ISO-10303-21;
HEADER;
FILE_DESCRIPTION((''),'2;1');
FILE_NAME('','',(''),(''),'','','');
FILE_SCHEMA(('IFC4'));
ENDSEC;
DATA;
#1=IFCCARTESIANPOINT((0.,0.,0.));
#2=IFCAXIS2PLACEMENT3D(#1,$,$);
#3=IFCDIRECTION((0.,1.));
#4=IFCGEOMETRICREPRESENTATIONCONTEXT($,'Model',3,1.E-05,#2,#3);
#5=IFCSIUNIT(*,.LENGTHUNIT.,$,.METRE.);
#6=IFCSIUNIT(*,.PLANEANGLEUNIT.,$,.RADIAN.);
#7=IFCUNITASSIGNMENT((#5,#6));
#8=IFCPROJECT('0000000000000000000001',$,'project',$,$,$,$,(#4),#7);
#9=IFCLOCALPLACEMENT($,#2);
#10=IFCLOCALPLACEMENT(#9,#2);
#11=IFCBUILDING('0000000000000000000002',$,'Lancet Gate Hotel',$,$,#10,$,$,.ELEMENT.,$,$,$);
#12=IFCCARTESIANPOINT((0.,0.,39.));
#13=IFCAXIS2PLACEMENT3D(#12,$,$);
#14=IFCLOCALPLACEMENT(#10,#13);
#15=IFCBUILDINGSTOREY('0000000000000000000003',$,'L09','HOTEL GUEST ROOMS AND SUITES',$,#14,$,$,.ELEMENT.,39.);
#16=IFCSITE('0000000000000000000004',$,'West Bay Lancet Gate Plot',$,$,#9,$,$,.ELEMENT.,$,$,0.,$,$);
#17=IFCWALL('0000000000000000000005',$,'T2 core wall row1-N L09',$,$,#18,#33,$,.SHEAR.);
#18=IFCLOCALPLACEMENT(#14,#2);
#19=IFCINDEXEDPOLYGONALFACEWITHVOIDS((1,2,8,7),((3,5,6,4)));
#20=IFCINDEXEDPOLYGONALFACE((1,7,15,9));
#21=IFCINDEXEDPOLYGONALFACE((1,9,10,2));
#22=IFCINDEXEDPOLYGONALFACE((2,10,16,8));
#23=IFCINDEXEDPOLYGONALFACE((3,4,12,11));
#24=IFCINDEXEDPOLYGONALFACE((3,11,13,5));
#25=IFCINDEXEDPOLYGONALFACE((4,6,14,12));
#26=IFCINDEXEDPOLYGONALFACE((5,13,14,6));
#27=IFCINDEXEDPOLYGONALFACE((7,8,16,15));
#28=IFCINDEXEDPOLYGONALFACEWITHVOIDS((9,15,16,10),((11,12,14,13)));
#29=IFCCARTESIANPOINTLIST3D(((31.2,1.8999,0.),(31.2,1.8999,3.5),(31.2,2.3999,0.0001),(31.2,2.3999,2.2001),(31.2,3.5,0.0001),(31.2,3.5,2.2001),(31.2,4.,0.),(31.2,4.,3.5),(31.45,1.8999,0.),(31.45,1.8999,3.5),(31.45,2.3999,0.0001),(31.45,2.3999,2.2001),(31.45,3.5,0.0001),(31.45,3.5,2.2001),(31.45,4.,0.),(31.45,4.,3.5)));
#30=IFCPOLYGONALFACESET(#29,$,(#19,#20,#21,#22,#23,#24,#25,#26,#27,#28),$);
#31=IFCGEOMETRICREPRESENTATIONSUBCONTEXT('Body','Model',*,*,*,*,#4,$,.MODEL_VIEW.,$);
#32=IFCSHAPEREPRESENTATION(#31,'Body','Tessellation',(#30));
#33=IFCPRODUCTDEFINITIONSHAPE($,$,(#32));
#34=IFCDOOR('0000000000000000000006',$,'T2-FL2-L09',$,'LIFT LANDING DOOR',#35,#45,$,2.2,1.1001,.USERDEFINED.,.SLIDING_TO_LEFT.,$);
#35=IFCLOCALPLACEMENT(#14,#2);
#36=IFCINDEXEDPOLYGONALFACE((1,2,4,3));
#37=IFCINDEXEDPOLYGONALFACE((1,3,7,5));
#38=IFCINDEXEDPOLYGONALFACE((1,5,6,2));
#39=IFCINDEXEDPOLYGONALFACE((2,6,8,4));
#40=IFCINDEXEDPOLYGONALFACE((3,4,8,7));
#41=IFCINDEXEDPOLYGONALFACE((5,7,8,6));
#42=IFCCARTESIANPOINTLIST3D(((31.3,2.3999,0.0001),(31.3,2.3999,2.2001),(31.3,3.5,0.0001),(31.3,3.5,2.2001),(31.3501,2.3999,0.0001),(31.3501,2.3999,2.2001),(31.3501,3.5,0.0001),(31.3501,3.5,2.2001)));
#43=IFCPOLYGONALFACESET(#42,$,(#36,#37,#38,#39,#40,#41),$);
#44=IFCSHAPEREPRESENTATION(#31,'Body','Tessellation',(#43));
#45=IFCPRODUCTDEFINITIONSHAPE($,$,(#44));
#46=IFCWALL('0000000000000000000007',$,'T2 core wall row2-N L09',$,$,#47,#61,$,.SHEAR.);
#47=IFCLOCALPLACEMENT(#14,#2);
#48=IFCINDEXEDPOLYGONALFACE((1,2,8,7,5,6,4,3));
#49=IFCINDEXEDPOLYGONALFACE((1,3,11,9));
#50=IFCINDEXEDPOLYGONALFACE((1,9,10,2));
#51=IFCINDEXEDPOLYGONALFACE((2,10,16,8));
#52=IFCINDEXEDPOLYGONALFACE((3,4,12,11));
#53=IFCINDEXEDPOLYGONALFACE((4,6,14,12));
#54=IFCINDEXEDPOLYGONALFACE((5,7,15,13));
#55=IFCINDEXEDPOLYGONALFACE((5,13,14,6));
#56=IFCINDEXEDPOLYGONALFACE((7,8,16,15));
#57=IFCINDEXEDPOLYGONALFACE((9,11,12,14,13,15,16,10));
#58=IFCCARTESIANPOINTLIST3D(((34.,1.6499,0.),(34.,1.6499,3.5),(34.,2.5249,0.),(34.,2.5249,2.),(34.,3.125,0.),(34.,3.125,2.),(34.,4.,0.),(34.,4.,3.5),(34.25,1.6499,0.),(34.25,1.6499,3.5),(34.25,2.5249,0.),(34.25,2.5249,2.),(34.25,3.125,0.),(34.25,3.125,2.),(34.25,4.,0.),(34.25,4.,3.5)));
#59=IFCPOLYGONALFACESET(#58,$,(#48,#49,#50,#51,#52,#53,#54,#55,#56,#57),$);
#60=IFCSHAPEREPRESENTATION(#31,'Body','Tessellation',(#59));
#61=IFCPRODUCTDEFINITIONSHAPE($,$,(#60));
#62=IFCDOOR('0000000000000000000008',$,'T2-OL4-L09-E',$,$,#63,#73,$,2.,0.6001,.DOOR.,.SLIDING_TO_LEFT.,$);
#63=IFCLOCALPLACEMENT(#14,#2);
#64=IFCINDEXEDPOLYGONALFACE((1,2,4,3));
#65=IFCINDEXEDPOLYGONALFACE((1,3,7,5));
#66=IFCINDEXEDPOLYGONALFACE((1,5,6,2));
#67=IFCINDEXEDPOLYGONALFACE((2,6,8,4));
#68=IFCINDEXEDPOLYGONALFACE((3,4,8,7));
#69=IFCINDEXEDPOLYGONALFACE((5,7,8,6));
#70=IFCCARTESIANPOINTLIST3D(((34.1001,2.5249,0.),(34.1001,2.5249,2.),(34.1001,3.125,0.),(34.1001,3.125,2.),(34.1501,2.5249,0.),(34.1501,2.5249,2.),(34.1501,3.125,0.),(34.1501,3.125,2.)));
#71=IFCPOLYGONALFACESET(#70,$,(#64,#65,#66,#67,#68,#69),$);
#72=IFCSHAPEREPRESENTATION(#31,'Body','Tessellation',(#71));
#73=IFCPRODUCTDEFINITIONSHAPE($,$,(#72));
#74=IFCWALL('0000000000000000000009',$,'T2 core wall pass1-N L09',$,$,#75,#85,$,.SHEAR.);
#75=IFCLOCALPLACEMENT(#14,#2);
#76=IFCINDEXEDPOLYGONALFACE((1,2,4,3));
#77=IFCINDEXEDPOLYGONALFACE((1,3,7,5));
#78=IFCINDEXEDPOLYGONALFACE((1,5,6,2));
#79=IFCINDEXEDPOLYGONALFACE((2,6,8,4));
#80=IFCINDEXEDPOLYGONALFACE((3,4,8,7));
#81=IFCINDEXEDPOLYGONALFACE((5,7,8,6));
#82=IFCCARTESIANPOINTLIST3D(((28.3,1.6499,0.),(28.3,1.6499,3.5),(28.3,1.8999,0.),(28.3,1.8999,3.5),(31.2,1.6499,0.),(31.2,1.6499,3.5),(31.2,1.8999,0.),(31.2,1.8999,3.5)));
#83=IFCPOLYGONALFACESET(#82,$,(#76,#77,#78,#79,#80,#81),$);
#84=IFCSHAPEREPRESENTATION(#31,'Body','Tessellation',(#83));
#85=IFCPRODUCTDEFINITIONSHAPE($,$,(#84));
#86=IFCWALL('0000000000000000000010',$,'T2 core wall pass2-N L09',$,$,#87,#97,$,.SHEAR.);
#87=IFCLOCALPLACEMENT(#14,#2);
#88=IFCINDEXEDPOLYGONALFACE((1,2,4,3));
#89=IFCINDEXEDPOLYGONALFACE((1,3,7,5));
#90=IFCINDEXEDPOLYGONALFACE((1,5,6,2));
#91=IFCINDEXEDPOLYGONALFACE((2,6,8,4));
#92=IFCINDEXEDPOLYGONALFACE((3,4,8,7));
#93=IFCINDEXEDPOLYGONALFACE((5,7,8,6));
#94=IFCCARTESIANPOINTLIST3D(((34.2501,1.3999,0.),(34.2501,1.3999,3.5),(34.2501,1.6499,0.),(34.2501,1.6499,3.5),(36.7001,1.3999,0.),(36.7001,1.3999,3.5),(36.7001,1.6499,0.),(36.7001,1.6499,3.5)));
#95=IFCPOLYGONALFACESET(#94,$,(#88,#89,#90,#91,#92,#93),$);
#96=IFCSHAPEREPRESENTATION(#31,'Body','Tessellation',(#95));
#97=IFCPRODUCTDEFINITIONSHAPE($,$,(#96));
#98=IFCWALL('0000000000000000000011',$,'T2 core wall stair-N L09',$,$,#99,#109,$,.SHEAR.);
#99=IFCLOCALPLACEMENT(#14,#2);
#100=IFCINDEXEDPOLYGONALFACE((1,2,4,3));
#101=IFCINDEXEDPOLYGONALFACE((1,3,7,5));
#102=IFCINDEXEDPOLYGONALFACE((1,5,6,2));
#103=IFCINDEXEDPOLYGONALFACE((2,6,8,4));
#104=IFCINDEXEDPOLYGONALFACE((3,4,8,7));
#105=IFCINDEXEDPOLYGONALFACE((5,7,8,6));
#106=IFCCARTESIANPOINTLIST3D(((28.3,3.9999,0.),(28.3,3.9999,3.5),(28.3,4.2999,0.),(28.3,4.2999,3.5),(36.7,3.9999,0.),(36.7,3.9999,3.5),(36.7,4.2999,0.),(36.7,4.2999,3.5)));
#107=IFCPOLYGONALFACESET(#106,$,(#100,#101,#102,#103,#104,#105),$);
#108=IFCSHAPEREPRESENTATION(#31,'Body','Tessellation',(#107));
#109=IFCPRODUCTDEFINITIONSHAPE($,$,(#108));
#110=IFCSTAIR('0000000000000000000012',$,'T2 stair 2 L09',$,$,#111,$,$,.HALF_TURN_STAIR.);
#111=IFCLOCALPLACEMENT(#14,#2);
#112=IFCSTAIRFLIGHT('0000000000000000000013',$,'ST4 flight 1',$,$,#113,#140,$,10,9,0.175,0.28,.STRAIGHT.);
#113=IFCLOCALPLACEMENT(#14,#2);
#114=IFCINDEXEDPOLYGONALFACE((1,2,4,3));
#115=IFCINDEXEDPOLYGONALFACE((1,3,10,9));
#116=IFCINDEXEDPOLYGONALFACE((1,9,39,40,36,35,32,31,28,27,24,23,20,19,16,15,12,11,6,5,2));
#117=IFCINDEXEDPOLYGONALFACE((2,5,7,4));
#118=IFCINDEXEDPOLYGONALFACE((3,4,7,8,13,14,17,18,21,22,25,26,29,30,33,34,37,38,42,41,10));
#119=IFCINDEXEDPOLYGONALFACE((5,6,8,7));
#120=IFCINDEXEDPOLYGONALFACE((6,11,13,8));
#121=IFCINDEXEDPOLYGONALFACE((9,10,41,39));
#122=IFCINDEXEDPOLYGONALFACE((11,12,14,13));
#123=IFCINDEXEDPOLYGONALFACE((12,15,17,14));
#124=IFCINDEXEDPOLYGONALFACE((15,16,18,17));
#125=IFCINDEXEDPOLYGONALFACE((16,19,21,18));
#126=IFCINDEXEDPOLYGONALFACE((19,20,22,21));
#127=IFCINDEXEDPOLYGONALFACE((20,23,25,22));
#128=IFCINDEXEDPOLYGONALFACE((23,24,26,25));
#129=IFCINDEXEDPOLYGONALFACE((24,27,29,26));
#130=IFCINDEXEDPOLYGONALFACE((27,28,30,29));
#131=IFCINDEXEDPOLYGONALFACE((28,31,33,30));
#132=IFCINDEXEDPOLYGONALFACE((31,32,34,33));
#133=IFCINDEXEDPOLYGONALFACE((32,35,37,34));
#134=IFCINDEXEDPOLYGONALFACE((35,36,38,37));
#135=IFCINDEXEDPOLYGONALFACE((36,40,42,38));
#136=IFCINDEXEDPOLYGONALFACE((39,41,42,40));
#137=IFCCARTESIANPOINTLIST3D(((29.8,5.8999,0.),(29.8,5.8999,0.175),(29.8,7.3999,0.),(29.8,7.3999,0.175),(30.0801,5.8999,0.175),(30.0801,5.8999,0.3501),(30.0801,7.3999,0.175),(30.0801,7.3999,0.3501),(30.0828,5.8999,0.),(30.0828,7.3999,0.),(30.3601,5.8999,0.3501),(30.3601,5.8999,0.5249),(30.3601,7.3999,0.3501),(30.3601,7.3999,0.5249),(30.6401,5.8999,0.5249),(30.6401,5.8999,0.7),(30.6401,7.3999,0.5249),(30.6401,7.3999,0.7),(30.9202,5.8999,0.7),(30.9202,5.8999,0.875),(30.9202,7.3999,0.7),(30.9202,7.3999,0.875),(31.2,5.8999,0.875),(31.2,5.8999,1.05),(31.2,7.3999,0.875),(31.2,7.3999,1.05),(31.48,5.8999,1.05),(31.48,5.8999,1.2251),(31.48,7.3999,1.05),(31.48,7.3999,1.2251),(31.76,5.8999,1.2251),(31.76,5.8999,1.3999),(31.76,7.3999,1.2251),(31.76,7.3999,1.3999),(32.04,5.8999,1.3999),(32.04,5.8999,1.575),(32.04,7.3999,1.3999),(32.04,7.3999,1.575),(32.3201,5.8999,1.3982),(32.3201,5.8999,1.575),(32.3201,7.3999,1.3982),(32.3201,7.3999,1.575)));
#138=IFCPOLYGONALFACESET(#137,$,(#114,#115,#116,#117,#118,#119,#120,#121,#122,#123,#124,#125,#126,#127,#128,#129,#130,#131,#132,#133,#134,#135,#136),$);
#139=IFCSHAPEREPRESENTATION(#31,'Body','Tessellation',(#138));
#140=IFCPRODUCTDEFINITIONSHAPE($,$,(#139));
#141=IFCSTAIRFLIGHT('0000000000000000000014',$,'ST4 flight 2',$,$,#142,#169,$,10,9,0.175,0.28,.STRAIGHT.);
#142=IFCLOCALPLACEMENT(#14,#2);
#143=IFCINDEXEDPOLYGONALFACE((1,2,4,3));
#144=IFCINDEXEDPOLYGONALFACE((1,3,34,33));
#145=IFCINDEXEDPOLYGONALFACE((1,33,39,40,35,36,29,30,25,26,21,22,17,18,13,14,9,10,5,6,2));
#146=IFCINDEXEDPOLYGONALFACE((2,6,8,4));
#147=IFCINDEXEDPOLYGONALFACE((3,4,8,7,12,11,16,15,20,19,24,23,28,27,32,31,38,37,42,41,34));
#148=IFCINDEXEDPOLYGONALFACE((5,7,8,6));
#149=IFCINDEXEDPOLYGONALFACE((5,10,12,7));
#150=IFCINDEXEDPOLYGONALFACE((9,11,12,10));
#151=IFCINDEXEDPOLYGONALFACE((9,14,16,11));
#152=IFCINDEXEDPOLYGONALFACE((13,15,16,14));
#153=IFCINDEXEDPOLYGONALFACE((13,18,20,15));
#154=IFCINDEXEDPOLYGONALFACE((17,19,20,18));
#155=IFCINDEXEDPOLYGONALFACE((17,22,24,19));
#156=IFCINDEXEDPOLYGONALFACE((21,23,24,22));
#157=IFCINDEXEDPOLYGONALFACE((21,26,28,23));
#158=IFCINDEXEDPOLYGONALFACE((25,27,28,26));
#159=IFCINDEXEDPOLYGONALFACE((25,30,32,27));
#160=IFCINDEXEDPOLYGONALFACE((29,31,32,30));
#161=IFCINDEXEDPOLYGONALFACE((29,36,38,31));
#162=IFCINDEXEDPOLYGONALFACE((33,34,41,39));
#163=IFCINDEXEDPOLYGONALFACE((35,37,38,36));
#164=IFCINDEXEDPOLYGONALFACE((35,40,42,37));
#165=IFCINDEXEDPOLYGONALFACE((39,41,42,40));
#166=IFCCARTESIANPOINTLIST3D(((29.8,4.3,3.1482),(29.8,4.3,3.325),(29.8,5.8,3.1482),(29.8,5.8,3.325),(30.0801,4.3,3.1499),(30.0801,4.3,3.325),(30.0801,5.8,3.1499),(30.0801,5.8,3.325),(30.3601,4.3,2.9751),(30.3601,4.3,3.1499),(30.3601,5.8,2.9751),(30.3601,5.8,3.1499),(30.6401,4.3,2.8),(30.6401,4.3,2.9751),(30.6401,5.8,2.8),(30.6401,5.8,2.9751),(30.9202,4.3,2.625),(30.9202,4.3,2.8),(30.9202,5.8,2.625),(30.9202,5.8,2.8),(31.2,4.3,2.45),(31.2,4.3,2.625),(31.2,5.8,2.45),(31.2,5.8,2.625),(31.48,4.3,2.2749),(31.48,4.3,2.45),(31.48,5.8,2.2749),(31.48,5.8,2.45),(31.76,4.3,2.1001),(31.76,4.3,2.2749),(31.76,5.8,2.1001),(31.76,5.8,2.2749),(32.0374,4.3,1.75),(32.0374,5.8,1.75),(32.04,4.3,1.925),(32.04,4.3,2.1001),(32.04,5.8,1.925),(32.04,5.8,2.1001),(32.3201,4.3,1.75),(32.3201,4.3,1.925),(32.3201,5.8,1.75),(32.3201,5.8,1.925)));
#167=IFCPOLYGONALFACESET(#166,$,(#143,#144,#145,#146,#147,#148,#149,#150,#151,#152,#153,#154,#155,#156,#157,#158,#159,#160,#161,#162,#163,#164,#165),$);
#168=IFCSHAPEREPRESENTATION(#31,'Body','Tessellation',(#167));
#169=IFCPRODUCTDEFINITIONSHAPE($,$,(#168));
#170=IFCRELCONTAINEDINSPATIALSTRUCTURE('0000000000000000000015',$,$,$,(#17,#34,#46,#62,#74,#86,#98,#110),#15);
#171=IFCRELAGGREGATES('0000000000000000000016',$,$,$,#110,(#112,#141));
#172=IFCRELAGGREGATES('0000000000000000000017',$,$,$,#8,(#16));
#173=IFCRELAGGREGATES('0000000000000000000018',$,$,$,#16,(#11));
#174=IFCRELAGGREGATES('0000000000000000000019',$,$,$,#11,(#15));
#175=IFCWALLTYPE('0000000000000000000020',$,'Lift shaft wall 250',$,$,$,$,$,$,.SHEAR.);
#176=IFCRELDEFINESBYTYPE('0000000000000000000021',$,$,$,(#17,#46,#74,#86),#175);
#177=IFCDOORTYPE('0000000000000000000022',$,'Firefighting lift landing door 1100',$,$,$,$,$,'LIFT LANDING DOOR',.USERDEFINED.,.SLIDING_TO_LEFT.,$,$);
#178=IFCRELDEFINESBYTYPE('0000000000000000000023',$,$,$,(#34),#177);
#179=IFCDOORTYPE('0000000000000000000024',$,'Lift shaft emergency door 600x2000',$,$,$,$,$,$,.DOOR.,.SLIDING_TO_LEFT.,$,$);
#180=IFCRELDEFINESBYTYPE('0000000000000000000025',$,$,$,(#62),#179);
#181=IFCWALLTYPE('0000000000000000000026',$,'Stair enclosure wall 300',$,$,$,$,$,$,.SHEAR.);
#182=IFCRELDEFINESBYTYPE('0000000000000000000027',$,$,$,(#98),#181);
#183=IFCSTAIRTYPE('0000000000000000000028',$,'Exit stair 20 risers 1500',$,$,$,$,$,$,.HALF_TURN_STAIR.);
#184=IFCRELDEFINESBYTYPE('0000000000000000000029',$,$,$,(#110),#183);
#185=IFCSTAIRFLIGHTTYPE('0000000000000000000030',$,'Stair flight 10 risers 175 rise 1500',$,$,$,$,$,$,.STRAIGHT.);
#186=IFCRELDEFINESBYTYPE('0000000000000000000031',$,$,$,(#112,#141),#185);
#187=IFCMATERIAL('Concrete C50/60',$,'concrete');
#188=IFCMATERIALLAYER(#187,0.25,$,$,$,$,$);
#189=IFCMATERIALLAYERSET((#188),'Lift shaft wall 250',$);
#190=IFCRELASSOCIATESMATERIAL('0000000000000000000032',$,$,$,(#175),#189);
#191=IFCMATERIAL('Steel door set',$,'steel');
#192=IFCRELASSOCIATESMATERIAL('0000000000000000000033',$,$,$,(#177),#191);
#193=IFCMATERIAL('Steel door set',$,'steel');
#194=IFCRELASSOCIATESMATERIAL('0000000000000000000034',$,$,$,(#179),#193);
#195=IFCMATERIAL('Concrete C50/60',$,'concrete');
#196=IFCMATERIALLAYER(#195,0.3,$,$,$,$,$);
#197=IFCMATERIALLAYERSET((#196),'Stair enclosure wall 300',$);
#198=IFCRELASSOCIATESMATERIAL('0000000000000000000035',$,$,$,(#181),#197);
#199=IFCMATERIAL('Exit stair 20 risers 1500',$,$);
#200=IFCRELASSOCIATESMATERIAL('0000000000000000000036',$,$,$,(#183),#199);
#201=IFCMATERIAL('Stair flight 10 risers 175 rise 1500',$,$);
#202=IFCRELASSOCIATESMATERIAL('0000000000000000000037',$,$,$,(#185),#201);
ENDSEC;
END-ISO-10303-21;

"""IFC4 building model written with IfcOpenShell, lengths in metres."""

from ifc_helpers import new_model, si_unit, direction, frame, frame_2d, origin, place, context, subcontext, project, spatial, polyline, rectangle, outline, extrude, material, layer, layer_set, type_object, element, fill, aggregate, save


model = new_model("IFC4")

# Units and contexts
model_context = context("Model", 3, precision=1e-05, world=origin(), true_north=direction((0.0, 1.0)))
body_context = subcontext(model_context, "Body", "Model", "MODEL_VIEW")
ifc_project = project(units=[si_unit("LENGTHUNIT", "METRE"), si_unit("PLANEANGLEUNIT", "RADIAN")], contexts=[model_context])

# Site, building, storey
site_placement = place(None, origin())
site = spatial("IfcSite", under=ifc_project, at=site_placement, Name="West Bay Lancet Gate Plot", CompositionType="ELEMENT", RefElevation=0.0)
building_placement = place(site_placement, origin())
building = spatial("IfcBuilding", under=site, at=building_placement, Name="Lancet Gate Hotel", CompositionType="ELEMENT")
storey_placement = place(building_placement, frame((0.0, 0.0, 39.0)))
storey = spatial("IfcBuildingStorey", under=building, at=storey_placement, Name="L09", Description="HOTEL GUEST ROOMS AND SUITES", CompositionType="ELEMENT", Elevation=39.0)

# Walls, openings, doors
ifc_material_1 = material(Name="Concrete C50/60", Category="concrete")
ifc_layer_1 = layer(ifc_material_1, 0.25)
ifc_layer_set_1 = layer_set([ifc_layer_1], Name="Lift shaft wall 250")
wall_type_1 = type_object("IfcWallType", Name="Lift shaft wall 250", PredefinedType="SHEAR", material=ifc_layer_set_1)
wall_1_placement = place(storey_placement, frame((31.325, 1.8999, 0.0), z_axis=(0.0, 0.0, 1.0), x_axis=(0.0, 1.0, 0.0)))
wall_1 = element("IfcWall", 1, at=wall_1_placement, inside=storey, type_object=wall_type_1, Name="T2 core wall row1-N L09", PredefinedType="SHEAR", context=body_context, shape_type="SweptSolid", body=[
    extrude(rectangle(XDim=2.1001, YDim=0.25, at=frame_2d((1.05, 0.0))), origin(), (0.0, 0.0, 1.0), 3.5),
])
opening_1_placement = place(wall_1_placement, frame((0.5, 0.0, 0.0)))
opening_1 = element("IfcOpeningElement", 2, at=opening_1_placement, cuts=wall_1, PredefinedType="OPENING", context=body_context, shape_type="SweptSolid", body=[
    extrude(rectangle(XDim=1.1001, YDim=2.2, at=frame_2d((0.55, 1.1001))), frame((0.0, 0.135, 0.0), z_axis=(0.0, -1.0, 0.0), x_axis=(1.0, 0.0, 0.0)), (0.0, 0.0, 1.0), 0.27),
])
ifc_material_2 = material(Name="Steel door set", Category="steel")
door_type_1 = type_object("IfcDoorType", Name="Firefighting lift landing door 1100", ElementType="LIFT LANDING DOOR", OperationType="SLIDING_TO_LEFT", PredefinedType="USERDEFINED", material=ifc_material_2)
door_1_placement = place(opening_1_placement, origin())
door_1 = element("IfcDoor", 3, at=door_1_placement, inside=storey, type_object=door_type_1, Name="T2-FL2-L09", ObjectType="LIFT LANDING DOOR", OperationType="SLIDING_TO_LEFT", OverallHeight=2.2, OverallWidth=1.1001, PredefinedType="USERDEFINED", context=body_context, shape_type="SweptSolid", body=[
    extrude(rectangle(XDim=1.1001, YDim=2.2, at=frame_2d((0.55, 1.1001))), frame((0.0, 0.0249, 0.0), z_axis=(0.0, -1.0, 0.0), x_axis=(1.0, 0.0, 0.0)), (0.0, 0.0, 1.0), 0.05),
])
fill(opening_1, door_1)
wall_2_placement = place(storey_placement, frame((34.125, 1.6499, 0.0), z_axis=(0.0, 0.0, 1.0), x_axis=(0.0, 1.0, 0.0)))
wall_2 = element("IfcWall", 4, at=wall_2_placement, inside=storey, type_object=wall_type_1, Name="T2 core wall row2-N L09", PredefinedType="SHEAR", context=body_context, shape_type="SweptSolid", body=[
    extrude(rectangle(XDim=2.3501, YDim=0.25, at=frame_2d((1.175, 0.0))), origin(), (0.0, 0.0, 1.0), 3.5),
])
opening_2_placement = place(wall_2_placement, frame((0.875, 0.0, 0.0)))
opening_2 = element("IfcOpeningElement", 5, at=opening_2_placement, cuts=wall_2, PredefinedType="OPENING", context=body_context, shape_type="SweptSolid", body=[
    extrude(rectangle(XDim=0.6001, YDim=2.0, at=frame_2d((0.3, 1.0))), frame((0.0, 0.135, 0.0), z_axis=(0.0, -1.0, 0.0), x_axis=(1.0, 0.0, 0.0)), (0.0, 0.0, 1.0), 0.27),
])
ifc_material_3 = material(Name="Steel door set", Category="steel")
door_type_2 = type_object("IfcDoorType", Name="Lift shaft emergency door 600x2000", OperationType="SLIDING_TO_LEFT", PredefinedType="DOOR", material=ifc_material_3)
door_2_placement = place(opening_2_placement, origin())
door_2 = element("IfcDoor", 6, at=door_2_placement, inside=storey, type_object=door_type_2, Name="T2-OL4-L09-E", OperationType="SLIDING_TO_LEFT", OverallHeight=2.0, OverallWidth=0.6001, PredefinedType="DOOR", context=body_context, shape_type="SweptSolid", body=[
    extrude(rectangle(XDim=0.6001, YDim=2.0, at=frame_2d((0.3, 1.0))), frame((0.0, 0.0249, 0.0), z_axis=(0.0, -1.0, 0.0), x_axis=(1.0, 0.0, 0.0)), (0.0, 0.0, 1.0), 0.05),
])
fill(opening_2, door_2)

# Walls
wall_3_placement = place(storey_placement, frame((28.3, 1.7749, 0.0), z_axis=(0.0, 0.0, 1.0), x_axis=(1.0, 0.0, 0.0)))
element("IfcWall", 7, at=wall_3_placement, inside=storey, type_object=wall_type_1, Name="T2 core wall pass1-N L09", PredefinedType="SHEAR", context=body_context, shape_type="SweptSolid", body=[
    extrude(rectangle(XDim=2.8999, YDim=0.25, at=frame_2d((1.45, 0.0))), origin(), (0.0, 0.0, 1.0), 3.5),
])
wall_4_placement = place(storey_placement, frame((34.25, 1.5249, 0.0), z_axis=(0.0, 0.0, 1.0), x_axis=(1.0, 0.0, 0.0)))
element("IfcWall", 8, at=wall_4_placement, inside=storey, type_object=wall_type_1, Name="T2 core wall pass2-N L09", PredefinedType="SHEAR", context=body_context, shape_type="SweptSolid", body=[
    extrude(rectangle(XDim=2.45, YDim=0.25, at=frame_2d((1.2251, 0.0))), origin(), (0.0, 0.0, 1.0), 3.5),
])
ifc_material_4 = material(Name="Concrete C50/60", Category="concrete")
ifc_layer_2 = layer(ifc_material_4, 0.3)
ifc_layer_set_2 = layer_set([ifc_layer_2], Name="Stair enclosure wall 300")
wall_type_2 = type_object("IfcWallType", Name="Stair enclosure wall 300", PredefinedType="SHEAR", material=ifc_layer_set_2)
wall_5_placement = place(storey_placement, frame((28.3, 4.1499, 0.0), z_axis=(0.0, 0.0, 1.0), x_axis=(1.0, 0.0, 0.0)))
element("IfcWall", 9, at=wall_5_placement, inside=storey, type_object=wall_type_2, Name="T2 core wall stair-N L09", PredefinedType="SHEAR", context=body_context, shape_type="SweptSolid", body=[
    extrude(rectangle(XDim=8.3999, YDim=0.3, at=frame_2d((4.2, 0.0))), origin(), (0.0, 0.0, 1.0), 3.5),
])

# Stair, stair flights
ifc_material_5 = material(Name="Exit stair 20 risers 1500")
stair_type = type_object("IfcStairType", Name="Exit stair 20 risers 1500", PredefinedType="HALF_TURN_STAIR", material=ifc_material_5)
stair_placement = place(storey_placement, origin())
stair = element("IfcStair", 10, at=stair_placement, inside=storey, type_object=stair_type, Name="T2 stair 2 L09", PredefinedType="HALF_TURN_STAIR")
ifc_material_6 = material(Name="Stair flight 10 risers 175 rise 1500")
stair_flight_type = type_object("IfcStairFlightType", Name="Stair flight 10 risers 175 rise 1500", PredefinedType="STRAIGHT", material=ifc_material_6)
stair_flight_1_placement = place(storey_placement, frame((29.8, 6.6499, 0.0), z_axis=(0.0, 0.0, 1.0), x_axis=(1.0, 0.0, 0.0)))
stair_flight_1 = element("IfcStairFlight", 11, at=stair_flight_1_placement, type_object=stair_flight_type, Name="ST4 flight 1", NumberOfRisers=10, NumberOfTreads=9, PredefinedType="STRAIGHT", RiserHeight=0.175, TreadLength=0.28, context=body_context, shape_type="SweptSolid", body=[
    extrude(outline(polyline([(0.0, 0.0), (0.0, 0.175), (0.28, 0.175), (0.28, 0.3501), (0.5601, 0.3501), (0.5601, 0.5249), (0.8401, 0.5249), (0.8401, 0.7), (1.1201, 0.7), (1.1201, 0.875), (1.3999, 0.875), (1.3999, 1.05), (1.6799, 1.05), (1.6799, 1.2251), (1.96, 1.2251), (1.96, 1.3999), (2.24, 1.3999), (2.24, 1.575), (2.52, 1.575), (2.52, 1.75), (2.52, 1.3982), (0.2827, 0.0), (0.0, 0.0)])), frame((0.0, 0.75, 0.0), z_axis=(0.0, -1.0, 0.0), x_axis=(1.0, 0.0, 0.0)), (0.0, 0.0, 1.0), 1.5),
])
stair_flight_2_placement = place(storey_placement, frame((32.3201, 5.05, 1.75), z_axis=(0.0, 0.0, 1.0), x_axis=(-1.0, 0.0, 0.0)))
stair_flight_2 = element("IfcStairFlight", 12, at=stair_flight_2_placement, type_object=stair_flight_type, Name="ST4 flight 2", NumberOfRisers=10, NumberOfTreads=9, PredefinedType="STRAIGHT", RiserHeight=0.175, TreadLength=0.28, context=body_context, shape_type="SweptSolid", body=[
    extrude(outline(polyline([(0.0, 0.0), (0.0, 0.175), (0.28, 0.175), (0.28, 0.3501), (0.5601, 0.3501), (0.5601, 0.5249), (0.8401, 0.5249), (0.8401, 0.7), (1.1201, 0.7), (1.1201, 0.875), (1.3999, 0.875), (1.3999, 1.05), (1.6799, 1.05), (1.6799, 1.2251), (1.96, 1.2251), (1.96, 1.3999), (2.24, 1.3999), (2.24, 1.575), (2.52, 1.575), (2.52, 1.75), (2.52, 1.3982), (0.2827, 0.0), (0.0, 0.0)])), frame((0.0, 0.75, 0.0), z_axis=(0.0, -1.0, 0.0), x_axis=(1.0, 0.0, 0.0)), (0.0, 0.0, 1.0), 1.5),
])
aggregate(stair, [stair_flight_1, stair_flight_2])

save(model, "model.ifc")
